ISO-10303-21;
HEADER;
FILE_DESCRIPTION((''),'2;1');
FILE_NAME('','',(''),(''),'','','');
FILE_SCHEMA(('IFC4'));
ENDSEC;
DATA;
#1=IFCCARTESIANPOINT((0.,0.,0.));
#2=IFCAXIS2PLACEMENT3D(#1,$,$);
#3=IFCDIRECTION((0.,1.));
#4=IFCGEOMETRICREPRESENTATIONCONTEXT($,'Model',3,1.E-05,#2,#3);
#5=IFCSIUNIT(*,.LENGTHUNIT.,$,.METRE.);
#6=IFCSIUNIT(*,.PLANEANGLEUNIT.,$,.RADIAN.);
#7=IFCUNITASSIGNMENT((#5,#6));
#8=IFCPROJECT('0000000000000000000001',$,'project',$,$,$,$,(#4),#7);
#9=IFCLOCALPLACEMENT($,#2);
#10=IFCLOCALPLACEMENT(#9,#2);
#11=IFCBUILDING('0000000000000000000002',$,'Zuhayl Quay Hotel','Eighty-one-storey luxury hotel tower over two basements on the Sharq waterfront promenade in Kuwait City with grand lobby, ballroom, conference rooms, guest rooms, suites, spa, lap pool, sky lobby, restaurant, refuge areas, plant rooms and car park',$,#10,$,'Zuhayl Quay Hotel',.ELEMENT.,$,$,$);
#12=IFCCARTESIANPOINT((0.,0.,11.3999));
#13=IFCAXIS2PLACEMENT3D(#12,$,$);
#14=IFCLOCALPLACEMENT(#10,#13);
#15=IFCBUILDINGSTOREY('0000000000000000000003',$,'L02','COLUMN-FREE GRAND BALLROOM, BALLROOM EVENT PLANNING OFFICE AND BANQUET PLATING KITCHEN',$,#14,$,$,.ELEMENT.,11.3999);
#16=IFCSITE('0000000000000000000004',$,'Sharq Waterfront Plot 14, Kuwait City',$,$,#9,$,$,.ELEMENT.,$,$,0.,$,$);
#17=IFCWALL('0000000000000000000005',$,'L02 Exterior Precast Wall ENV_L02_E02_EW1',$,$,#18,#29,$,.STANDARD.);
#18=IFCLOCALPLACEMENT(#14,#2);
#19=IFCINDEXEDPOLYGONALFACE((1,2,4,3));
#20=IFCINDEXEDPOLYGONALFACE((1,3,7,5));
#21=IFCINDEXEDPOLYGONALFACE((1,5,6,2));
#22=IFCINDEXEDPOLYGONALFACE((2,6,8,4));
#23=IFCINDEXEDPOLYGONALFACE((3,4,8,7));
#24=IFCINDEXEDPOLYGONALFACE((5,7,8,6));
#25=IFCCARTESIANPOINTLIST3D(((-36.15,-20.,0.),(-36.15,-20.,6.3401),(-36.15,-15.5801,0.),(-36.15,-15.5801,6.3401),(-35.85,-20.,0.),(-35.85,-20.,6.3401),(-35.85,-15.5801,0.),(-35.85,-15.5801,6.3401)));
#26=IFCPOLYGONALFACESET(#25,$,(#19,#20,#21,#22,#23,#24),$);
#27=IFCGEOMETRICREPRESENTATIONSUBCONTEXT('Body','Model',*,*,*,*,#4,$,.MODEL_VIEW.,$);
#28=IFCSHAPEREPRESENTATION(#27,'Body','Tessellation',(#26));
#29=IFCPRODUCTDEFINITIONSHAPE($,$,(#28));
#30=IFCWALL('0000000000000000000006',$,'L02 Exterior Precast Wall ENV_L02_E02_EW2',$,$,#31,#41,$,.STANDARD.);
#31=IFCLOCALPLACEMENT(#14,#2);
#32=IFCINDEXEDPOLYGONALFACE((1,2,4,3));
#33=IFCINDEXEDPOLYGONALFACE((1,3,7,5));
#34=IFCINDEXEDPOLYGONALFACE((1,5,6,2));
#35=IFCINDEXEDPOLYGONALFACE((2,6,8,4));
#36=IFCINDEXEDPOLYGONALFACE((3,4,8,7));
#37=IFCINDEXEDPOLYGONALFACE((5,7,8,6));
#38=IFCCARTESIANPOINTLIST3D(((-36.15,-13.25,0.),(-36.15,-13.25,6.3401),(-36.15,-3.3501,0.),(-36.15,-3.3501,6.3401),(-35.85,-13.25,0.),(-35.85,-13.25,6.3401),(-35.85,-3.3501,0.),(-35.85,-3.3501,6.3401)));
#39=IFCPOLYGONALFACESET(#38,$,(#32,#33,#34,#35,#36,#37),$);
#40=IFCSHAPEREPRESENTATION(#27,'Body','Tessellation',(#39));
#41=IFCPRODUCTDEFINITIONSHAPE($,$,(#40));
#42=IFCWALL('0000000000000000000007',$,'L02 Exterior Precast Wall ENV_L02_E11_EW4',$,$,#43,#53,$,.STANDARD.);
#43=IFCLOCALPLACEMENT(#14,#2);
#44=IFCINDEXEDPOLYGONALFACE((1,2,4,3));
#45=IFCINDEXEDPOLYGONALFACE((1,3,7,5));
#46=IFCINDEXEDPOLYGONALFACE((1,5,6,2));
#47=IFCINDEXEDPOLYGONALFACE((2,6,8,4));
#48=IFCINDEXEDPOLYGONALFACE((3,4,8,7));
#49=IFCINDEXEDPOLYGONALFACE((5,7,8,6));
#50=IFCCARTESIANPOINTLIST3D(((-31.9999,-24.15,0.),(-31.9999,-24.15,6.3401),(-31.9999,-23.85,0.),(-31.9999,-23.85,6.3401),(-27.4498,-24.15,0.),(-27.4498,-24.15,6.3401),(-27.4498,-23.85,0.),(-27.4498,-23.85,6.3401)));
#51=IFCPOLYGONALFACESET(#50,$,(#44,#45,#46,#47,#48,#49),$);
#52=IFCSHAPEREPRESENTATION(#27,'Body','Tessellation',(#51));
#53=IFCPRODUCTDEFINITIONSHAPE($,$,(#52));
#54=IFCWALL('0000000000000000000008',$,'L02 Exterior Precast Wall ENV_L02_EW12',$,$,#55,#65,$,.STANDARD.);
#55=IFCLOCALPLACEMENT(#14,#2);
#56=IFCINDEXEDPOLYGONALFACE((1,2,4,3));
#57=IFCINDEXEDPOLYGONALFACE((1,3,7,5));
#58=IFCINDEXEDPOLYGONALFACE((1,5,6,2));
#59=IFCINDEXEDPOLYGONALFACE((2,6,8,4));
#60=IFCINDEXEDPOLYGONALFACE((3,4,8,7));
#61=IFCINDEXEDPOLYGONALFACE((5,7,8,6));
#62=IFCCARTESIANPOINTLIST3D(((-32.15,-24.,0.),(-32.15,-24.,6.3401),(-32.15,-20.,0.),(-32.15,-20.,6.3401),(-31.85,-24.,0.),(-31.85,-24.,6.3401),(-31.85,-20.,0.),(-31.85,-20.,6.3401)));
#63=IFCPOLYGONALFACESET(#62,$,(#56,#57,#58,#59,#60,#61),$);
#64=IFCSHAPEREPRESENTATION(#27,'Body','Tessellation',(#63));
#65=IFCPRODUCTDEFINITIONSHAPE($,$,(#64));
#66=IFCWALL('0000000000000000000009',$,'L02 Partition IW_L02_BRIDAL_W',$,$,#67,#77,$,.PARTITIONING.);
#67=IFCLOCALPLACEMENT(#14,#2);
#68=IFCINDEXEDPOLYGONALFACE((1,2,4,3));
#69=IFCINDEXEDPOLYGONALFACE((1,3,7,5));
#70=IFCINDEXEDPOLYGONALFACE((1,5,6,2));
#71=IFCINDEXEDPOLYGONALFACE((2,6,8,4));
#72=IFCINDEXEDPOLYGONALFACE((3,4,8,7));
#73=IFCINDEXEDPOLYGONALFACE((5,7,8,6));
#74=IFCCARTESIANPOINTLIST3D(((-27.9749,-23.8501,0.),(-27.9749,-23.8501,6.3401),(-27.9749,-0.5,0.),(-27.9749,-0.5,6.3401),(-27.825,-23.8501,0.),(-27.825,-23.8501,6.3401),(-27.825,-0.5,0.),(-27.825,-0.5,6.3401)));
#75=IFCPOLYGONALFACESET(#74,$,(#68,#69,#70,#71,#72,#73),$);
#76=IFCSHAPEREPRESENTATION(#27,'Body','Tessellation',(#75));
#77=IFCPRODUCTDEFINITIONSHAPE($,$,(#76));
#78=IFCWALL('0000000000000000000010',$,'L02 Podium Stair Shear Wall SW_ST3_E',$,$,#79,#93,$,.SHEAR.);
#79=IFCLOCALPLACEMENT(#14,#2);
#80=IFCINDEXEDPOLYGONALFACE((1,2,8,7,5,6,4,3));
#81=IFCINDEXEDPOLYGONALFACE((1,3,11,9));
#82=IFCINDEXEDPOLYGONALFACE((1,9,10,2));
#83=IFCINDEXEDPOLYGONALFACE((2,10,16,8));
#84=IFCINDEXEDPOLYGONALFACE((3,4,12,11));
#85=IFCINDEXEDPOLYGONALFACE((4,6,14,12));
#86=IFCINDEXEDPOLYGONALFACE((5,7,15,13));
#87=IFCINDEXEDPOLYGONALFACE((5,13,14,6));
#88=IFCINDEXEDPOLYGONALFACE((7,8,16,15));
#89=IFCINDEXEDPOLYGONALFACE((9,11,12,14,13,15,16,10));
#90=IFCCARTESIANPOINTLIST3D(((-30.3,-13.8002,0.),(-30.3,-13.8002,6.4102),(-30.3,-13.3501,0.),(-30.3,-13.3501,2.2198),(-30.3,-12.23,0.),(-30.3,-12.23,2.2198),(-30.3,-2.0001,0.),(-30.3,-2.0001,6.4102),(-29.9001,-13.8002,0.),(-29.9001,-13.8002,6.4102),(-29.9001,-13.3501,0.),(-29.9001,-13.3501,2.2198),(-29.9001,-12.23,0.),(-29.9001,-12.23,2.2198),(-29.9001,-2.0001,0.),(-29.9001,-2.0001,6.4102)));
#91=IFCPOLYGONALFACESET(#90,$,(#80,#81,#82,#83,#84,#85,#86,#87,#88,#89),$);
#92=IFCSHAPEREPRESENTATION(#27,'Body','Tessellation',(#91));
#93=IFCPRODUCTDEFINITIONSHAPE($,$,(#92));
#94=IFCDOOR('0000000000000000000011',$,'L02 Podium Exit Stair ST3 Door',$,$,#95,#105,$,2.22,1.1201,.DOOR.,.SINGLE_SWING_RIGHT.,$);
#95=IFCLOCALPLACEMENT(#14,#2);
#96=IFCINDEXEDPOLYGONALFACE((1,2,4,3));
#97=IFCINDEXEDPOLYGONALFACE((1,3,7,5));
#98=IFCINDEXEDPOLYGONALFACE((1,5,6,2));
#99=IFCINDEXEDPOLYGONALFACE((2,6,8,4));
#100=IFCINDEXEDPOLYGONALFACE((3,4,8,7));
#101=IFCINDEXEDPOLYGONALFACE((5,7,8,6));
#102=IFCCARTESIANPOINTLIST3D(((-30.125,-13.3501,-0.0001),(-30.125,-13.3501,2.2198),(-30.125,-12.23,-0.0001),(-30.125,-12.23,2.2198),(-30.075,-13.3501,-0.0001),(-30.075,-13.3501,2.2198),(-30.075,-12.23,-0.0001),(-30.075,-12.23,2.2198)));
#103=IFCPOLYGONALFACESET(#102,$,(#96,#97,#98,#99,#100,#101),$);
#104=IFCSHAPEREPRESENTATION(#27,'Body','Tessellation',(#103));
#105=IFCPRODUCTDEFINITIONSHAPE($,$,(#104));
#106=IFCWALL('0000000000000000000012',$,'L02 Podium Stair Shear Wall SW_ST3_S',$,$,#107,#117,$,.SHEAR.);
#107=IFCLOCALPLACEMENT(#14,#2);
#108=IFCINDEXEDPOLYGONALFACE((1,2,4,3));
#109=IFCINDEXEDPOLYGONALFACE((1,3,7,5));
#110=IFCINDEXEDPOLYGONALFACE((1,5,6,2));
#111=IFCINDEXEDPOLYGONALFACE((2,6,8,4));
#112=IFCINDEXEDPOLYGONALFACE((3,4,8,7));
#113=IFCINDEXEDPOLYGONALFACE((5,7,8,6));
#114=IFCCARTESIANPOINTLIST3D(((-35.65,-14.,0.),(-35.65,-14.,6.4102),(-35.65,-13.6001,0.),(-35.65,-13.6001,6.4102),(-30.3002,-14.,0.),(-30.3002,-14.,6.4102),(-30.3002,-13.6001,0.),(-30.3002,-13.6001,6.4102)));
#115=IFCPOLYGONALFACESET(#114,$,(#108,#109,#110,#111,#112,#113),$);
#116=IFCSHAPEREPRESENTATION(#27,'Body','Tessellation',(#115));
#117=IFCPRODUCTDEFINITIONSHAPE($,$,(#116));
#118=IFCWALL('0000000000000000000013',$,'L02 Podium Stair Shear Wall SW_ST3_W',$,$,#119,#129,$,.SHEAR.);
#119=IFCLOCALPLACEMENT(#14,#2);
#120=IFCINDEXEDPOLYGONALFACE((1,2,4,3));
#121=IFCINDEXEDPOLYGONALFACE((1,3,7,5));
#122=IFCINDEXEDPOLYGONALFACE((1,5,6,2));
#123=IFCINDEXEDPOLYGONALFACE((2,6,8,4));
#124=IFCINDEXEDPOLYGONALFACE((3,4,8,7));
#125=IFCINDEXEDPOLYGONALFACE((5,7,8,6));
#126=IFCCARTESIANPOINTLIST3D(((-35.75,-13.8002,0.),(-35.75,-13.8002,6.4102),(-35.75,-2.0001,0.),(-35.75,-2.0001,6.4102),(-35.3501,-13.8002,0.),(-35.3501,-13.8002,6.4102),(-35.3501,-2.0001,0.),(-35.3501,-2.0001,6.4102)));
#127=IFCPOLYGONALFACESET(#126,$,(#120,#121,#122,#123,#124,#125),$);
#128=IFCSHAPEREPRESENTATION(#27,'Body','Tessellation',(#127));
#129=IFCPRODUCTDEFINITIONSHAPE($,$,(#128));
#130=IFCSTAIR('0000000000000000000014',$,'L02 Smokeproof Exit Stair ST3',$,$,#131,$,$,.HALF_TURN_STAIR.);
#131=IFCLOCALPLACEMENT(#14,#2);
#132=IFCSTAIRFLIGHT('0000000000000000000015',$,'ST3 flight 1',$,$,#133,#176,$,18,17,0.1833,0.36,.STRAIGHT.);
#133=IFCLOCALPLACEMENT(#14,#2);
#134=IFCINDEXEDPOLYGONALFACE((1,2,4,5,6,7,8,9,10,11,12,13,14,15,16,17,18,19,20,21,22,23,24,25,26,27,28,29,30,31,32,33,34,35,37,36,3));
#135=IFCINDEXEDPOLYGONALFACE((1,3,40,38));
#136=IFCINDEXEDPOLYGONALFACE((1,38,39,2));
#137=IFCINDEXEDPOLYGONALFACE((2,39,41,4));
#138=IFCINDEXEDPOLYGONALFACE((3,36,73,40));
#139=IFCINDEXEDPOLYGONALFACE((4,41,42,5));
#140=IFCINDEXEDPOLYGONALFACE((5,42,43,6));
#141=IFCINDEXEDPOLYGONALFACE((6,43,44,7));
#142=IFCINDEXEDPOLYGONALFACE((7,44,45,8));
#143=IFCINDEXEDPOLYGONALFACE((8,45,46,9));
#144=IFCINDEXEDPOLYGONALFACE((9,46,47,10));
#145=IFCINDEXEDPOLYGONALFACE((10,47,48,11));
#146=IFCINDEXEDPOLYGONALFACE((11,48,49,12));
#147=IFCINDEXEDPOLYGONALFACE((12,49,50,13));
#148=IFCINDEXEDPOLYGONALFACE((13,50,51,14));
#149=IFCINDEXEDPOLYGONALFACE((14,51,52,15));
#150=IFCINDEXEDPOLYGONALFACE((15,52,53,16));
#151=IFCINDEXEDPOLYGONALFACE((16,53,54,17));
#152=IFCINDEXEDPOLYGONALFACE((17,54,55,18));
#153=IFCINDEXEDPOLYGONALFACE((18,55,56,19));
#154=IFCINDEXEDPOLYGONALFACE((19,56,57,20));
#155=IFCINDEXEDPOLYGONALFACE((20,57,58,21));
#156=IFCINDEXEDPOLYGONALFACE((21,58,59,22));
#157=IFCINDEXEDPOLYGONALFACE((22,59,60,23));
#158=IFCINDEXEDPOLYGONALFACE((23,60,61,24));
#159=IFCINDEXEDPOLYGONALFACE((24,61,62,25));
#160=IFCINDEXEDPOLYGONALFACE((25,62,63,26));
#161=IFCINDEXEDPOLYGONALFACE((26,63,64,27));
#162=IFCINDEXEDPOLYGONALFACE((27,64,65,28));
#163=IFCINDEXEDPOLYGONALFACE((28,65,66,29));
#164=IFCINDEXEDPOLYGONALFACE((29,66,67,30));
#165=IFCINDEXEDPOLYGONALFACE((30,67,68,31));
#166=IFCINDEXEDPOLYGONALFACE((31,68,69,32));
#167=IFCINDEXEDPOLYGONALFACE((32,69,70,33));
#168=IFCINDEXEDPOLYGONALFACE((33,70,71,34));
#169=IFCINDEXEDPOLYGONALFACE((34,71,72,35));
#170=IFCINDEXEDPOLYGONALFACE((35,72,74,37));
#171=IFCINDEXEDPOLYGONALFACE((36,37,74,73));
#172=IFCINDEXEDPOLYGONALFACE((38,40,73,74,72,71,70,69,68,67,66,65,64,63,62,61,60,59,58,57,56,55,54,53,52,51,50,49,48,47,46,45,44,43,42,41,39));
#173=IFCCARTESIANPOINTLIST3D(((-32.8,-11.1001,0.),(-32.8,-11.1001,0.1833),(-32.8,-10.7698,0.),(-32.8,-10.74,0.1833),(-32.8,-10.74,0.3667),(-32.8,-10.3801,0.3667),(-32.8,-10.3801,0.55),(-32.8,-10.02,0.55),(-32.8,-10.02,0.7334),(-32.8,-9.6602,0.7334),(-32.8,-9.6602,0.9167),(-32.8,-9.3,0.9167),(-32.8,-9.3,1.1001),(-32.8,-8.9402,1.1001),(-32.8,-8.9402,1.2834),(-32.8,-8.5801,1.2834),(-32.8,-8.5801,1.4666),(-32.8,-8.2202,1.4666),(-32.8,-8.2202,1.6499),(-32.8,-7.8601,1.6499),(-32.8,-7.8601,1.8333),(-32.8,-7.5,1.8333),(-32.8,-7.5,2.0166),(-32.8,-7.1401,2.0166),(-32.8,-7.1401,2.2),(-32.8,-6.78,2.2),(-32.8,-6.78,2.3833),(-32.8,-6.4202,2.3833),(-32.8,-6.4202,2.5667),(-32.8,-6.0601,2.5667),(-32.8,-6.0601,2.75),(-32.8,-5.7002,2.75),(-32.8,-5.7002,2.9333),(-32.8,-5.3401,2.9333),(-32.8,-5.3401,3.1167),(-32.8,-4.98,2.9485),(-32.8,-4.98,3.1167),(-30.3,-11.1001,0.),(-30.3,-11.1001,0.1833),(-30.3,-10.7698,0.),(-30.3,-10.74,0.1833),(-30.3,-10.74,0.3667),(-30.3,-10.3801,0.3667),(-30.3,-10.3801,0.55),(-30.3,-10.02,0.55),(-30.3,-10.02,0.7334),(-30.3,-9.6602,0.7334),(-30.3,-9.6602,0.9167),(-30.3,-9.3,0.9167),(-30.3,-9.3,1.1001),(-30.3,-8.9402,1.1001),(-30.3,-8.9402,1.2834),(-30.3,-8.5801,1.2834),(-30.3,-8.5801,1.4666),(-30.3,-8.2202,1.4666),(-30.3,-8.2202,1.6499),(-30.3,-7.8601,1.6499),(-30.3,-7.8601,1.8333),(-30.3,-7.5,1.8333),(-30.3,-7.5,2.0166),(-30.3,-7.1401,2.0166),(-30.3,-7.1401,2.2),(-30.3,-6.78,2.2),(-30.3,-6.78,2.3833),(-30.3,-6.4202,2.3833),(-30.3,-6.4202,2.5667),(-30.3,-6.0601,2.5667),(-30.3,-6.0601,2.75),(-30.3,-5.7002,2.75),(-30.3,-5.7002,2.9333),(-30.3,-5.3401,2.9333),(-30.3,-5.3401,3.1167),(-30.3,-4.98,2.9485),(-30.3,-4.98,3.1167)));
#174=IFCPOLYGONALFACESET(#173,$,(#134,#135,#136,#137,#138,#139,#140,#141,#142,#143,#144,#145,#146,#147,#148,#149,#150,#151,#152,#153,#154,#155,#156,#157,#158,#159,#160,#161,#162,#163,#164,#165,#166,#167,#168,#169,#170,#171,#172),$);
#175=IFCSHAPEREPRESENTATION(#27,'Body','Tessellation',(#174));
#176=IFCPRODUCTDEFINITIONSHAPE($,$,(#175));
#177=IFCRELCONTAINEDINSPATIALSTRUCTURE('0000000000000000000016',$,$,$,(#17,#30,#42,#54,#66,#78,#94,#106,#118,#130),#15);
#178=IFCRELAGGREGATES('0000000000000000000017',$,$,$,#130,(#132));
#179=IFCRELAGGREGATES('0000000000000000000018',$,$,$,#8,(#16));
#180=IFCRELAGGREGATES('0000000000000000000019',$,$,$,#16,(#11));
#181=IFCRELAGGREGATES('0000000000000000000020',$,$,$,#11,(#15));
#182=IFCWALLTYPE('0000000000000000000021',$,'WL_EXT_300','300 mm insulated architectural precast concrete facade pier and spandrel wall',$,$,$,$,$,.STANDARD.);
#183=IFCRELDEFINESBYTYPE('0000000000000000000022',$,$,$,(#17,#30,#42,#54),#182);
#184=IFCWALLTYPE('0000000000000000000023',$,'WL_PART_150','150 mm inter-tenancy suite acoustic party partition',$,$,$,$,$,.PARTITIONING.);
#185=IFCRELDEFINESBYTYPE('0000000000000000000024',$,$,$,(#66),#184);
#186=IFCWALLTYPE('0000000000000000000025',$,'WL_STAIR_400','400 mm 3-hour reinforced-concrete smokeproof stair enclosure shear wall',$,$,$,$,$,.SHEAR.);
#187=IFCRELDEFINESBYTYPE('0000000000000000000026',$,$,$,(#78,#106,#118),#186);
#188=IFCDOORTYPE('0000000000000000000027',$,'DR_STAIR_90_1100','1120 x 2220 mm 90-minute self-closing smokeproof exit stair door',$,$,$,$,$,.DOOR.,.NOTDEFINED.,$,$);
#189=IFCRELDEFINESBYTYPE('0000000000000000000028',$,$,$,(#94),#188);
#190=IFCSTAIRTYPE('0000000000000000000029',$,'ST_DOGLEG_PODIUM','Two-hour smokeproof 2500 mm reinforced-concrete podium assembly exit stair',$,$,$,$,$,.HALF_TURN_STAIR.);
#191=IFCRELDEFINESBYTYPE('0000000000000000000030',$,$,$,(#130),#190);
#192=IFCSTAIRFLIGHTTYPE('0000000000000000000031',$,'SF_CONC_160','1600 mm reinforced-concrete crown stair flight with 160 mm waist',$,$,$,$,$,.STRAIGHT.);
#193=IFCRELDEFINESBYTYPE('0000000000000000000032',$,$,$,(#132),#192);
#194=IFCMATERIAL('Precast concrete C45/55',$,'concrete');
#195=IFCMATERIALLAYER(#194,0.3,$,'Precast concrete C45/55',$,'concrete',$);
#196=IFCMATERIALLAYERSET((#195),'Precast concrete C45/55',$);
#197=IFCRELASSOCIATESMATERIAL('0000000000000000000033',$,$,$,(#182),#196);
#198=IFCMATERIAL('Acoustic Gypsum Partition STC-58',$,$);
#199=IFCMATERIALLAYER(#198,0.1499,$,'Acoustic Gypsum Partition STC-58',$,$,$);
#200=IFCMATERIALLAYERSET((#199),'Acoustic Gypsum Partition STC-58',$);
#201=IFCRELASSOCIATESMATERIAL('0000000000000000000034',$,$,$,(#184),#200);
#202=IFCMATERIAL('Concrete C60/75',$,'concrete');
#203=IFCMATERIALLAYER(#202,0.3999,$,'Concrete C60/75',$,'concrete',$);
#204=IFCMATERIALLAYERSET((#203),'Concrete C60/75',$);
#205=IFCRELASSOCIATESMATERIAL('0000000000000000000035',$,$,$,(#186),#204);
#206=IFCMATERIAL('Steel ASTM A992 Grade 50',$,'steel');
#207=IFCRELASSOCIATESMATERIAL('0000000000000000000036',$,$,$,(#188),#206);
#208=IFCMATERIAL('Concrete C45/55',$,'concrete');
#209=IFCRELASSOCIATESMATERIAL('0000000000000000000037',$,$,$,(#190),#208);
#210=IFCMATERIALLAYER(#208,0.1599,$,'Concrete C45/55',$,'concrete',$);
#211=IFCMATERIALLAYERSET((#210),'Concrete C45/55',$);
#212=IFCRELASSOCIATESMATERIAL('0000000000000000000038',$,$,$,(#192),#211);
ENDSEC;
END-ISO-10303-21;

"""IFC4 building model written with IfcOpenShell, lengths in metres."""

from ifc_helpers import new_model, si_unit, direction, frame, frame_2d, origin, place, context, subcontext, project, spatial, polyline, rectangle, outline, extrude, material, layer, layer_set, type_object, element, fill, aggregate, save


model = new_model("IFC4")

# Units and contexts
model_context = context("Model", 3, precision=1e-05, world=origin(), true_north=direction((0.0, 1.0)))
body_context = subcontext(model_context, "Body", "Model", "MODEL_VIEW")
ifc_project = project(units=[si_unit("LENGTHUNIT", "METRE"), si_unit("PLANEANGLEUNIT", "RADIAN")], contexts=[model_context])

# Site, building, storey
site_placement = place(None, origin())
site = spatial("IfcSite", under=ifc_project, at=site_placement, Name="Sharq Waterfront Plot 14, Kuwait City", CompositionType="ELEMENT", RefElevation=0.0)
building_placement = place(site_placement, origin())
building = spatial("IfcBuilding", under=site, at=building_placement, Name="Zuhayl Quay Hotel", Description="Eighty-one-storey luxury hotel tower over two basements on the Sharq waterfront promenade in Kuwait City with grand lobby, ballroom, conference rooms, guest rooms, suites, spa, lap pool, sky lobby, restaurant, refuge areas, plant rooms and car park", LongName="Zuhayl Quay Hotel", CompositionType="ELEMENT")
storey_placement = place(building_placement, frame((0.0, 0.0, 11.3999)))
storey = spatial("IfcBuildingStorey", under=building, at=storey_placement, Name="L02", Description="COLUMN-FREE GRAND BALLROOM, BALLROOM EVENT PLANNING OFFICE AND BANQUET PLATING KITCHEN", CompositionType="ELEMENT", Elevation=11.3999)

# Shared definitions
ifc_material_1 = material(Name="Steel ASTM A992 Grade 50", Category="steel")

# Walls
ifc_material_2 = material(Name="Precast concrete C45/55", Category="concrete")
ifc_layer_1 = layer(ifc_material_2, 0.3, Name="Precast concrete C45/55", Category="concrete")
ifc_layer_set_1 = layer_set([ifc_layer_1], Name="Precast concrete C45/55")
wall_type_1 = type_object("IfcWallType", Name="WL_EXT_300", Description="300 mm insulated architectural precast concrete facade pier and spandrel wall", PredefinedType="STANDARD", material=ifc_layer_set_1)
wall_1_placement = place(storey_placement, frame((-36.0, -20.0, 0.0), z_axis=(0.0, 0.0, 1.0), x_axis=(0.0, 1.0, 0.0)))
element("IfcWall", 1, at=wall_1_placement, inside=storey, type_object=wall_type_1, Name="L02 Exterior Precast Wall ENV_L02_E02_EW1", PredefinedType="STANDARD", context=body_context, shape_type="SweptSolid", body=[
    extrude(rectangle(XDim=4.4199, YDim=0.3, at=frame_2d((2.21, 0.0))), origin(), (0.0, 0.0, 1.0), 6.3401),
])
wall_2_placement = place(storey_placement, frame((-36.0, -13.25, 0.0), z_axis=(0.0, 0.0, 1.0), x_axis=(0.0, 1.0, 0.0)))
element("IfcWall", 2, at=wall_2_placement, inside=storey, type_object=wall_type_1, Name="L02 Exterior Precast Wall ENV_L02_E02_EW2", PredefinedType="STANDARD", context=body_context, shape_type="SweptSolid", body=[
    extrude(rectangle(XDim=9.8999, YDim=0.3, at=frame_2d((4.95, 0.0))), origin(), (0.0, 0.0, 1.0), 6.3401),
])
wall_3_placement = place(storey_placement, frame((-27.45, -24.0, 0.0), z_axis=(0.0, 0.0, 1.0), x_axis=(-1.0, 0.0, 0.0)))
element("IfcWall", 3, at=wall_3_placement, inside=storey, type_object=wall_type_1, Name="L02 Exterior Precast Wall ENV_L02_E11_EW4", PredefinedType="STANDARD", context=body_context, shape_type="SweptSolid", body=[
    extrude(rectangle(XDim=4.55, YDim=0.3, at=frame_2d((2.2749, 0.0))), origin(), (0.0, 0.0, 1.0), 6.3401),
])
wall_4_placement = place(storey_placement, frame((-32.0, -24.0, 0.0), z_axis=(0.0, 0.0, 1.0), x_axis=(0.0, 1.0, 0.0)))
element("IfcWall", 4, at=wall_4_placement, inside=storey, type_object=wall_type_1, Name="L02 Exterior Precast Wall ENV_L02_EW12", PredefinedType="STANDARD", context=body_context, shape_type="SweptSolid", body=[
    extrude(rectangle(XDim=4.0, YDim=0.3, at=frame_2d((2.0, 0.0))), origin(), (0.0, 0.0, 1.0), 6.3401),
])
ifc_material_3 = material(Name="Acoustic Gypsum Partition STC-58")
ifc_layer_2 = layer(ifc_material_3, 0.1499, Name="Acoustic Gypsum Partition STC-58")
ifc_layer_set_2 = layer_set([ifc_layer_2], Name="Acoustic Gypsum Partition STC-58")
wall_type_2 = type_object("IfcWallType", Name="WL_PART_150", Description="150 mm inter-tenancy suite acoustic party partition", PredefinedType="PARTITIONING", material=ifc_layer_set_2)
wall_5_placement = place(storey_placement, frame((-27.8999, -23.8501, 0.0), z_axis=(0.0, 0.0, 1.0), x_axis=(0.0, 1.0, 0.0)))
element("IfcWall", 5, at=wall_5_placement, inside=storey, type_object=wall_type_2, Name="L02 Partition IW_L02_BRIDAL_W", PredefinedType="PARTITIONING", context=body_context, shape_type="SweptSolid", body=[
    extrude(rectangle(XDim=23.3501, YDim=0.1499, at=frame_2d((11.675, 0.0))), origin(), (0.0, 0.0, 1.0), 6.3401),
])

# Wall, opening, door
ifc_material_4 = material(Name="Concrete C60/75", Category="concrete")
ifc_layer_3 = layer(ifc_material_4, 0.3999, Name="Concrete C60/75", Category="concrete")
ifc_layer_set_3 = layer_set([ifc_layer_3], Name="Concrete C60/75")
wall_type_3 = type_object("IfcWallType", Name="WL_STAIR_400", Description="400 mm 3-hour reinforced-concrete smokeproof stair enclosure shear wall", PredefinedType="SHEAR", material=ifc_layer_set_3)
wall_6_placement = place(storey_placement, frame((-30.1001, -13.8, 0.0), z_axis=(0.0, 0.0, 1.0), x_axis=(0.0, 1.0, 0.0)))
wall_6 = element("IfcWall", 6, at=wall_6_placement, inside=storey, type_object=wall_type_3, Name="L02 Podium Stair Shear Wall SW_ST3_E", PredefinedType="SHEAR", context=body_context, shape_type="SweptSolid", body=[
    extrude(rectangle(XDim=11.8, YDim=0.3999, at=frame_2d((5.8999, 0.0))), origin(), (0.0, 0.0, 1.0), 6.4102),
])
opening_placement = place(wall_6_placement, frame((0.45, 0.0, 0.0)))
opening = element("IfcOpeningElement", 7, at=opening_placement, cuts=wall_6, PredefinedType="OPENING", context=body_context, shape_type="SweptSolid", body=[
    extrude(rectangle(XDim=1.1201, YDim=2.22, at=frame_2d((0.5601, 1.1099))), frame((0.0, 0.21, 0.0), z_axis=(0.0, -1.0, 0.0), x_axis=(1.0, 0.0, 0.0)), (0.0, 0.0, 1.0), 0.4199),
])
door_type = type_object("IfcDoorType", Name="DR_STAIR_90_1100", Description="1120 x 2220 mm 90-minute self-closing smokeproof exit stair door", OperationType="NOTDEFINED", PredefinedType="DOOR", material=ifc_material_1)
door_placement = place(opening_placement, origin())
door = element("IfcDoor", 8, at=door_placement, inside=storey, type_object=door_type, Name="L02 Podium Exit Stair ST3 Door", OperationType="SINGLE_SWING_RIGHT", OverallHeight=2.22, OverallWidth=1.1201, PredefinedType="DOOR", context=body_context, shape_type="SweptSolid", body=[
    extrude(rectangle(XDim=1.1201, YDim=2.22, at=frame_2d((0.5601, 1.1099))), frame((0.0, 0.0249, 0.0), z_axis=(0.0, -1.0, 0.0), x_axis=(1.0, 0.0, 0.0)), (0.0, 0.0, 1.0), 0.05),
])
fill(opening, door)

# Walls
wall_7_placement = place(storey_placement, frame((-35.6499, -13.8, 0.0), z_axis=(0.0, 0.0, 1.0), x_axis=(1.0, 0.0, 0.0)))
element("IfcWall", 9, at=wall_7_placement, inside=storey, type_object=wall_type_3, Name="L02 Podium Stair Shear Wall SW_ST3_S", PredefinedType="SHEAR", context=body_context, shape_type="SweptSolid", body=[
    extrude(rectangle(XDim=5.3499, YDim=0.3999, at=frame_2d((2.6748, 0.0))), origin(), (0.0, 0.0, 1.0), 6.4102),
])
wall_8_placement = place(storey_placement, frame((-35.55, -13.8, 0.0), z_axis=(0.0, 0.0, 1.0), x_axis=(0.0, 1.0, 0.0)))
element("IfcWall", 10, at=wall_8_placement, inside=storey, type_object=wall_type_3, Name="L02 Podium Stair Shear Wall SW_ST3_W", PredefinedType="SHEAR", context=body_context, shape_type="SweptSolid", body=[
    extrude(rectangle(XDim=11.8, YDim=0.3999, at=frame_2d((5.8999, 0.0))), origin(), (0.0, 0.0, 1.0), 6.4102),
])

# Stair, stair flight
ifc_material_5 = material(Name="Concrete C45/55", Category="concrete")
stair_type = type_object("IfcStairType", Name="ST_DOGLEG_PODIUM", Description="Two-hour smokeproof 2500 mm reinforced-concrete podium assembly exit stair", PredefinedType="HALF_TURN_STAIR", material=ifc_material_5)
stair_placement = place(storey_placement, origin())
stair = element("IfcStair", 11, at=stair_placement, inside=storey, type_object=stair_type, Name="L02 Smokeproof Exit Stair ST3", PredefinedType="HALF_TURN_STAIR")
ifc_layer_4 = layer(ifc_material_5, 0.1599, Name="Concrete C45/55", Category="concrete")
ifc_layer_set_4 = layer_set([ifc_layer_4], Name="Concrete C45/55")
stair_flight_type = type_object("IfcStairFlightType", Name="SF_CONC_160", Description="1600 mm reinforced-concrete crown stair flight with 160 mm waist", PredefinedType="STRAIGHT", material=ifc_layer_set_4)
stair_flight_placement = place(storey_placement, frame((-31.55, -11.1001, 0.0), z_axis=(0.0, 0.0, 1.0), x_axis=(0.0, 1.0, 0.0)))
stair_flight = element("IfcStairFlight", 12, at=stair_flight_placement, type_object=stair_flight_type, Name="ST3 flight 1", NumberOfRisers=18, NumberOfTreads=17, PredefinedType="STRAIGHT", RiserHeight=0.1833, TreadLength=0.36, context=body_context, shape_type="SweptSolid", body=[
    extrude(outline(polyline([(0.0, 0.0), (0.0, 0.1833), (0.3601, 0.1833), (0.3601, 0.3667), (0.72, 0.3667), (0.72, 0.55), (1.0801, 0.55), (1.0801, 0.7334), (1.4399, 0.7334), (1.4399, 0.9167), (1.8, 0.9167), (1.8, 1.1001), (2.1599, 1.1001), (2.1599, 1.2834), (2.52, 1.2834), (2.52, 1.4666), (2.8799, 1.4666), (2.8799, 1.6499), (3.24, 1.6499), (3.24, 1.8333), (3.6001, 1.8333), (3.6001, 2.0166), (3.96, 2.0166), (3.96, 2.2), (4.3201, 2.2), (4.3201, 2.3833), (4.6799, 2.3833), (4.6799, 2.5667), (5.04, 2.5667), (5.04, 2.75), (5.3999, 2.75), (5.3999, 2.9333), (5.76, 2.9333), (5.76, 3.1167), (6.1201, 3.1167), (6.1201, 3.3), (6.1201, 2.9485), (0.3303, 0.0), (0.0, 0.0)])), frame((0.0, 1.25, 0.0), z_axis=(0.0, -1.0, 0.0), x_axis=(1.0, 0.0, 0.0)), (0.0, 0.0, 1.0), 2.5),
])
aggregate(stair, [stair_flight])

save(model, "model.ifc")
